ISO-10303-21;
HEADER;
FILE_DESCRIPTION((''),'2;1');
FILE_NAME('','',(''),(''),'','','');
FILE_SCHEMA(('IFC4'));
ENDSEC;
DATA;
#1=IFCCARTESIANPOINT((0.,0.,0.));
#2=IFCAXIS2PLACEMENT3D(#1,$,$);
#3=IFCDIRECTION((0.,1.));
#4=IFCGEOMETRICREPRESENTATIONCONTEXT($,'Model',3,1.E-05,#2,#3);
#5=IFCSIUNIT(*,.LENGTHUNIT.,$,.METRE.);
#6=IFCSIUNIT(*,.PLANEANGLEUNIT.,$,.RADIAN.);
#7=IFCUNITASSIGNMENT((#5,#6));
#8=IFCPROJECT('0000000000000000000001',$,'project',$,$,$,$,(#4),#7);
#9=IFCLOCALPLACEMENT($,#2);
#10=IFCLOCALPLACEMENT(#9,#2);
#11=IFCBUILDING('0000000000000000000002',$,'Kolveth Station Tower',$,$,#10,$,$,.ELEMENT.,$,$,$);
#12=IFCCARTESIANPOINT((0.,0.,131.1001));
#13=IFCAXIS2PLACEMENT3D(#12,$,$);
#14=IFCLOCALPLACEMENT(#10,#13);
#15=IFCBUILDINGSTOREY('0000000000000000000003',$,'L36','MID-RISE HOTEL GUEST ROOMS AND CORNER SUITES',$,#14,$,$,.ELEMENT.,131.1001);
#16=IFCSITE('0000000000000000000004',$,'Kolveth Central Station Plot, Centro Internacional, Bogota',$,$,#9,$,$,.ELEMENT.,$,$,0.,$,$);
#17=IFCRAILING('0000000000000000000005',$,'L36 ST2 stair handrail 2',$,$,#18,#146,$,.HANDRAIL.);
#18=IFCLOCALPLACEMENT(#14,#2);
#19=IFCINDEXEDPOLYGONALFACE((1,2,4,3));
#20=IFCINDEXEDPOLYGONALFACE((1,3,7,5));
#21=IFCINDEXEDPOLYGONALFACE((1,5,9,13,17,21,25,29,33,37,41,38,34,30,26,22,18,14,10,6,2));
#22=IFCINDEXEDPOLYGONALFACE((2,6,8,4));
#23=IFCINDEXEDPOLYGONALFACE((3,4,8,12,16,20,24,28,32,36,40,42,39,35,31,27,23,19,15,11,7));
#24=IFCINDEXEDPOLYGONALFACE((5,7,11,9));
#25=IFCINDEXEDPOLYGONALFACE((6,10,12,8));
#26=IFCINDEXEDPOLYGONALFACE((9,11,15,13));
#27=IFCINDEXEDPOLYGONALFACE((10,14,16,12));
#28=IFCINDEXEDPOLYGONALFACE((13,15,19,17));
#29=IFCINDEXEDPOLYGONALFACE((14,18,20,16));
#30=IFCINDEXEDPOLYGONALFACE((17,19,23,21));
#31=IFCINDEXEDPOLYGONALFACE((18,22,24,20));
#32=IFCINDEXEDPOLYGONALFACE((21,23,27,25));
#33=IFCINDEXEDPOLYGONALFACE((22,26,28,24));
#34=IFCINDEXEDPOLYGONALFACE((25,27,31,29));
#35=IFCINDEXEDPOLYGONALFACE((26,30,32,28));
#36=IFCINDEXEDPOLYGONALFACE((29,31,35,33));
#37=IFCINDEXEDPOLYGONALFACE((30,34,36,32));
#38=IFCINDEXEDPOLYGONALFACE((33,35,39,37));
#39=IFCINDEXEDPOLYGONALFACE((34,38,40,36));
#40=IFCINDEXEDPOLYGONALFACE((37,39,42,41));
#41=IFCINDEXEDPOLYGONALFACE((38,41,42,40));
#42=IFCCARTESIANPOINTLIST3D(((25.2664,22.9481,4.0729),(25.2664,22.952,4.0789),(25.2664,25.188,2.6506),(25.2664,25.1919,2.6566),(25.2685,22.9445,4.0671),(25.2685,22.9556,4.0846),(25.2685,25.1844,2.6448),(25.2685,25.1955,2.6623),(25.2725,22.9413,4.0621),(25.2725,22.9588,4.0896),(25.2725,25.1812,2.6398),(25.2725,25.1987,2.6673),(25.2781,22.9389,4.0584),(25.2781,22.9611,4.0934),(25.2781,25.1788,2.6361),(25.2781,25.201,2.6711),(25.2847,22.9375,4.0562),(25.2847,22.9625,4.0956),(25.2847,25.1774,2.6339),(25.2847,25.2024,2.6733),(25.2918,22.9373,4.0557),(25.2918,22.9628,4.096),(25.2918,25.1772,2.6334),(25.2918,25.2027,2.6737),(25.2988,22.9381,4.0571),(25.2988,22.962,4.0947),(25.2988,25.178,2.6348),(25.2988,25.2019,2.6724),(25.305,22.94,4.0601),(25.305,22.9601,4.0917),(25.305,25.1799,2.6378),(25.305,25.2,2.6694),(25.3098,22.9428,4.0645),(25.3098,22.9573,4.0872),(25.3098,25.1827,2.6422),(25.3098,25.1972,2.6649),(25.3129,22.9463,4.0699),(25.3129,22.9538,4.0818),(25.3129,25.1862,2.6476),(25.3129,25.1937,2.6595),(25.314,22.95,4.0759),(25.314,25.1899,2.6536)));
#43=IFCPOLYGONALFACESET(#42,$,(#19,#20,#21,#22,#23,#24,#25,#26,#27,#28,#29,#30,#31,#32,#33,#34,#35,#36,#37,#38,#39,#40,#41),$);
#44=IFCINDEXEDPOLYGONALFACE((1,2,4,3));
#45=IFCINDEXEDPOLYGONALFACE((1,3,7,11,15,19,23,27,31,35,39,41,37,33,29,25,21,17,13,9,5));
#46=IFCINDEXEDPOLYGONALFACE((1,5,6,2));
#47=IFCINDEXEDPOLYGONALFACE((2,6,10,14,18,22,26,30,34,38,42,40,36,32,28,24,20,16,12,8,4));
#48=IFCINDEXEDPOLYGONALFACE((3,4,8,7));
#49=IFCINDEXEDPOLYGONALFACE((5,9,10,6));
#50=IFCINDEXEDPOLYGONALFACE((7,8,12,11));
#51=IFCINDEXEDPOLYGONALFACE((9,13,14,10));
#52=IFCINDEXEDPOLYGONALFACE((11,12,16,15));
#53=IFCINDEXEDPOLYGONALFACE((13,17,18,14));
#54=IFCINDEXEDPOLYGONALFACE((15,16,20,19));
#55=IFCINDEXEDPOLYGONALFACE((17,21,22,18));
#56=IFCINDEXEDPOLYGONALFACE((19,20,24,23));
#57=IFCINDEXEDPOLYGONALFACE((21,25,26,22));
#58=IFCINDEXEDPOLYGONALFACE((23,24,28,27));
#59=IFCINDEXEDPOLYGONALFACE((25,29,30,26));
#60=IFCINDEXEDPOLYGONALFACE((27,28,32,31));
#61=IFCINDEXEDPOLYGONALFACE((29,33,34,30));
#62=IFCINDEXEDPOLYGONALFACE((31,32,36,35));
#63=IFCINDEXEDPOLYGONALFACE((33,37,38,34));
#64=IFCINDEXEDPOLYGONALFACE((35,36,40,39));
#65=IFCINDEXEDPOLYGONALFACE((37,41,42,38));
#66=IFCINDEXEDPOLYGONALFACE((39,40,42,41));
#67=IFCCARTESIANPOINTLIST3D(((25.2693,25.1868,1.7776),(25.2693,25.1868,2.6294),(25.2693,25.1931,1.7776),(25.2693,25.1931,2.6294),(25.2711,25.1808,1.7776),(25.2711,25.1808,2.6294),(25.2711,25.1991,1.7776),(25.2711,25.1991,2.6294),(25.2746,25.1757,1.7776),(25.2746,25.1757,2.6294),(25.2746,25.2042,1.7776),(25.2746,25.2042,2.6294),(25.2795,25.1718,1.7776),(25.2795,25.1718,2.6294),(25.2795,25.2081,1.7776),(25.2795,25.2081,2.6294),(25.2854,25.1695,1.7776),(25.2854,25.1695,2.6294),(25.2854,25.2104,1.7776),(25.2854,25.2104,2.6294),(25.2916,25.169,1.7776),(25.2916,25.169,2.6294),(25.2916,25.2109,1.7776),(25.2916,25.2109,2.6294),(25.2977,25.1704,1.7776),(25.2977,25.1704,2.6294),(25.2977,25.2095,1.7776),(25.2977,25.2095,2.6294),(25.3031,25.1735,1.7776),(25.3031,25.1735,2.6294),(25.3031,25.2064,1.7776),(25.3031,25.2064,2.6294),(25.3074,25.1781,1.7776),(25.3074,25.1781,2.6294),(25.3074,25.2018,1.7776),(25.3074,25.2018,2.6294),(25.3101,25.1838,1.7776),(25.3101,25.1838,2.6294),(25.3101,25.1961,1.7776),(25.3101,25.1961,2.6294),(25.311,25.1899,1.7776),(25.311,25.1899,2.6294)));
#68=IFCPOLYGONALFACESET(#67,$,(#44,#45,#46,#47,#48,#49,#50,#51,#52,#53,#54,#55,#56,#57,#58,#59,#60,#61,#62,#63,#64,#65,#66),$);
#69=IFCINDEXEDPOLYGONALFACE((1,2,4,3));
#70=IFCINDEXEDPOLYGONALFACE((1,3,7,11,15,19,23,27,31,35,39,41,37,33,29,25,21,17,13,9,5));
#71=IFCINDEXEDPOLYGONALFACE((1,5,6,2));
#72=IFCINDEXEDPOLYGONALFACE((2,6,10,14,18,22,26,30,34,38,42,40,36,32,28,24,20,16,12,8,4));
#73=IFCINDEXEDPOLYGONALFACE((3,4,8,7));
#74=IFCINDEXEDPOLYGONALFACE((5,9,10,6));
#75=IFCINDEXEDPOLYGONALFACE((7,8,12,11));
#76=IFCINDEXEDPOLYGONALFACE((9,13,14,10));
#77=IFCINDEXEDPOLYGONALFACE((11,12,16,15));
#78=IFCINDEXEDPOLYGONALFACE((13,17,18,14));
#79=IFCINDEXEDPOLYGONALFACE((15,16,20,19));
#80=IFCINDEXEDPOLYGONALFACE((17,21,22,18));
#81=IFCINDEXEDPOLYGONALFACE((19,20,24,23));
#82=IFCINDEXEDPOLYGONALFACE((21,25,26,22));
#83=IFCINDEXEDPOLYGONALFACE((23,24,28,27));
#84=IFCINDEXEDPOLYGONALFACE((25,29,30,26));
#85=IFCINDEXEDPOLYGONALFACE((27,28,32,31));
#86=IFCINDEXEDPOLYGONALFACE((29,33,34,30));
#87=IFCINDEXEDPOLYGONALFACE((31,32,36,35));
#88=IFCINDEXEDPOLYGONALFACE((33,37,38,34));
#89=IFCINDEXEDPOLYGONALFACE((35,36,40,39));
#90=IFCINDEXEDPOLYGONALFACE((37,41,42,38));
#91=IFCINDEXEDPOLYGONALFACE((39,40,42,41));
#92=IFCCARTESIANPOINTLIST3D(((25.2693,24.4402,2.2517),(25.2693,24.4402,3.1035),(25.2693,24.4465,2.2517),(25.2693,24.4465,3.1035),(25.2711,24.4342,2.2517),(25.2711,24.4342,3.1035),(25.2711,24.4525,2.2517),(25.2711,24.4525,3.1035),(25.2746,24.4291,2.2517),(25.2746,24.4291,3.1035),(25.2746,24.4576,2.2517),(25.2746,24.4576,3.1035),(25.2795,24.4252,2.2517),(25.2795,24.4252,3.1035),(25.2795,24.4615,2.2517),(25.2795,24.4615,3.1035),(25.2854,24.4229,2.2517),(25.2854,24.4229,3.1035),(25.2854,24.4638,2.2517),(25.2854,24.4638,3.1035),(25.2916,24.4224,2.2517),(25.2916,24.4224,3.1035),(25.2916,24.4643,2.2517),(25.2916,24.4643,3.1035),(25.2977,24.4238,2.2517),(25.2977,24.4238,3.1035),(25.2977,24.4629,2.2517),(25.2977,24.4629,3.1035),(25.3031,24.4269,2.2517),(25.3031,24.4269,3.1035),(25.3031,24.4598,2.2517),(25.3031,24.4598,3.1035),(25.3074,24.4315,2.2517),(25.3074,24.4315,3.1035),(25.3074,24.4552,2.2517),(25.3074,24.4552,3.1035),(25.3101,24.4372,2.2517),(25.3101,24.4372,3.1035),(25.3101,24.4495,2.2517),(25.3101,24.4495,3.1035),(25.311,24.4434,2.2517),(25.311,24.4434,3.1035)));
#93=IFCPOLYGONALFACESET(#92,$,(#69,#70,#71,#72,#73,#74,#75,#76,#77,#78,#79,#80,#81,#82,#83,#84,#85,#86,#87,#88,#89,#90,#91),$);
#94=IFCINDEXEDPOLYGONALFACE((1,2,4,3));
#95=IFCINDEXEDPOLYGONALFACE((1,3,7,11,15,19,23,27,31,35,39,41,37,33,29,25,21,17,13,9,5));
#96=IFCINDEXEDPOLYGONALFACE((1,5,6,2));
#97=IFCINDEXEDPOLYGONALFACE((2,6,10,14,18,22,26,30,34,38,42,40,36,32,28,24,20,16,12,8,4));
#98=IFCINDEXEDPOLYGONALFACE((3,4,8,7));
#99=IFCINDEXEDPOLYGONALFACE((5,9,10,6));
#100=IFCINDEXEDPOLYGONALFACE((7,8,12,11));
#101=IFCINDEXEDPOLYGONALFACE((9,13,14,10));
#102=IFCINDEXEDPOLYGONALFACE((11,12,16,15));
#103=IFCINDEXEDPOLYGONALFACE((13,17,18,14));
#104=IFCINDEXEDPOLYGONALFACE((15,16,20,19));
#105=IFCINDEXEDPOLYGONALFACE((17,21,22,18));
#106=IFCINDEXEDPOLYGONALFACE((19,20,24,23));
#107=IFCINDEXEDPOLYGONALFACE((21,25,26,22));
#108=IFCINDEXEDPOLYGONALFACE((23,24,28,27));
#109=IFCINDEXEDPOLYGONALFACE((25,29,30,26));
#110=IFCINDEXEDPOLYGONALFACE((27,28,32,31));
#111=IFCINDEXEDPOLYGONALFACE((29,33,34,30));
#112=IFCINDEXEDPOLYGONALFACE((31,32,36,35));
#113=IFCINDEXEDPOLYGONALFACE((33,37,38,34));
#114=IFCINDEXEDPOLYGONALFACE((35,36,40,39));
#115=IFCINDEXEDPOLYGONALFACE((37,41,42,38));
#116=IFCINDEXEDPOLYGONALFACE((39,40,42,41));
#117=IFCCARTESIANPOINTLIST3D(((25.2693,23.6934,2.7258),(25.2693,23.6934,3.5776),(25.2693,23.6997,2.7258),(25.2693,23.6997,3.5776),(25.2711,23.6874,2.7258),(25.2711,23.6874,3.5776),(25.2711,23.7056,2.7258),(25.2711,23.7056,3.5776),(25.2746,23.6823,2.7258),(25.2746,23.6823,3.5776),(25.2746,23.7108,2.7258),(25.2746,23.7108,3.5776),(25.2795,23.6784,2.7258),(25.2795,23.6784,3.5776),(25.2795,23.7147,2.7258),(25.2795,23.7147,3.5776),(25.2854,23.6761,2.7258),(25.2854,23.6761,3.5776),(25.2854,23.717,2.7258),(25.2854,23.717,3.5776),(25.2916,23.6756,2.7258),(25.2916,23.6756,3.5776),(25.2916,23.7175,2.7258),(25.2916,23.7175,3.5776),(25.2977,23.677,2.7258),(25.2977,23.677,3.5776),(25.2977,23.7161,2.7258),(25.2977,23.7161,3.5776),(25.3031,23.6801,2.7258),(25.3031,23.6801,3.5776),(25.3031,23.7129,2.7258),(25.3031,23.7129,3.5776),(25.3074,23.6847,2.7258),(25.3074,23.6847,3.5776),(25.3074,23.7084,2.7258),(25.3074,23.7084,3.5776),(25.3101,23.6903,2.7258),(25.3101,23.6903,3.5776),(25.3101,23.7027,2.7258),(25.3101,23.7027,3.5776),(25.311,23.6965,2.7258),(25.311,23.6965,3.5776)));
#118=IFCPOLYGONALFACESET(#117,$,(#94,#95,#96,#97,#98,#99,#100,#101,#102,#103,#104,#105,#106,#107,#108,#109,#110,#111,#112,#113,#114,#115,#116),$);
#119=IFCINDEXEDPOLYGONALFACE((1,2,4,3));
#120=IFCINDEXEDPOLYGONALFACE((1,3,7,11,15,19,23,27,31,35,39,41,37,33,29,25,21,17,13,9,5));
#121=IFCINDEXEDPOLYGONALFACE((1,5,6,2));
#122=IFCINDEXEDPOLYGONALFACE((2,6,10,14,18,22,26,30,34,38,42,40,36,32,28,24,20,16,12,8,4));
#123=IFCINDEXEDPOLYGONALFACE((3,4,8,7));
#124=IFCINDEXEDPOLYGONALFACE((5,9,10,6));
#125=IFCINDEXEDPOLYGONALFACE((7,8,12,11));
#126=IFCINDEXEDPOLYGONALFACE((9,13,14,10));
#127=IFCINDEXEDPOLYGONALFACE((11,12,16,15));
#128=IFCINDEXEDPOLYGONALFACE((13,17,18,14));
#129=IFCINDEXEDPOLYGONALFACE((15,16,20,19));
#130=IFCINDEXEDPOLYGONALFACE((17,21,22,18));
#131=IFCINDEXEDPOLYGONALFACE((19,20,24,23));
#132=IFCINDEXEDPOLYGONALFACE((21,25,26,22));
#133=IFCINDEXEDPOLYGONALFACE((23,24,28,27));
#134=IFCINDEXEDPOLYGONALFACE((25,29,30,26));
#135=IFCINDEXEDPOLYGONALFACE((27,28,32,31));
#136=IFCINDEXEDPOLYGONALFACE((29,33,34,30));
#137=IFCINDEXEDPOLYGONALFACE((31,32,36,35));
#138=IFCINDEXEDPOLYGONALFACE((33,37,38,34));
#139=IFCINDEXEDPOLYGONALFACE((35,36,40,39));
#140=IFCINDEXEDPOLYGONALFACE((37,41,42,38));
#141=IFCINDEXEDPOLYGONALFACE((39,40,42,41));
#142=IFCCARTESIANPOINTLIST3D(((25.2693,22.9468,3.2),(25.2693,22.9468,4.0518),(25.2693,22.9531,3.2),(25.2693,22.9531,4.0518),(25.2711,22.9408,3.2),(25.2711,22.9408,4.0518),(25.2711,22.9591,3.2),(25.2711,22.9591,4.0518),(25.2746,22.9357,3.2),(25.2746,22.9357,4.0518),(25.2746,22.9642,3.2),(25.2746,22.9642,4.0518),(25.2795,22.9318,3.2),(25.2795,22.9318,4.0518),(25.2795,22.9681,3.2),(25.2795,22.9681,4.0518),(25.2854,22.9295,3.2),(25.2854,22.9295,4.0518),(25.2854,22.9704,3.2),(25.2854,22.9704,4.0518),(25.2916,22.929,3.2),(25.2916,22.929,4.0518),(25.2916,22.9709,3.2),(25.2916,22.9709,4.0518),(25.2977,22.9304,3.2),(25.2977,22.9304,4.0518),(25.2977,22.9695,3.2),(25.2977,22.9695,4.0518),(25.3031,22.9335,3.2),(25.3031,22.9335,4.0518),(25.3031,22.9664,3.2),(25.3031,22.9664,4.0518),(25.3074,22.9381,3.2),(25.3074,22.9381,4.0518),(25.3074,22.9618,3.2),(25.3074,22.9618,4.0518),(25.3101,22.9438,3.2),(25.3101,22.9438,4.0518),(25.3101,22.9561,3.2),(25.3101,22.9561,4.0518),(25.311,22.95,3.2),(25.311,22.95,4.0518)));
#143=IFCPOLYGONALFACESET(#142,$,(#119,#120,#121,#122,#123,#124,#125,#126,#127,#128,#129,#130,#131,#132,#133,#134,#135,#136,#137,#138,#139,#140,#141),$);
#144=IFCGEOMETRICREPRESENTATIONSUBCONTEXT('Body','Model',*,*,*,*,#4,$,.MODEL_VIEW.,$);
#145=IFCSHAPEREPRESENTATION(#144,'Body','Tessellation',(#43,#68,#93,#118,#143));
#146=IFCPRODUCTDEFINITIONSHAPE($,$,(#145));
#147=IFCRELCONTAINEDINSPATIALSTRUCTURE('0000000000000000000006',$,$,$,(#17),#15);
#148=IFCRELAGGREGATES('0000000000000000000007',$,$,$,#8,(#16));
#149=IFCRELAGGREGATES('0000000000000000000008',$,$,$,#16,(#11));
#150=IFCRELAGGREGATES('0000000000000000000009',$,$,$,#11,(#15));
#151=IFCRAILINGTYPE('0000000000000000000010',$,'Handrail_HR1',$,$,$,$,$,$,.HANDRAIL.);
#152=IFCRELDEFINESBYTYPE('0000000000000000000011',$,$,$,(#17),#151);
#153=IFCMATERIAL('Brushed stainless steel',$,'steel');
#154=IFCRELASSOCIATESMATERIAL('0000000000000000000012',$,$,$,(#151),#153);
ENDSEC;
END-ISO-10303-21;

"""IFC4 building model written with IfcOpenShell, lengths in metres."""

from ifc_helpers import new_model, si_unit, direction, frame, origin, origin_2d, place, context, subcontext, project, spatial, circle, extrude, material, type_object, element, save


model = new_model("IFC4")

# Units and contexts
model_context = context("Model", 3, precision=1e-05, world=origin(), true_north=direction((0.0, 1.0)))
body_context = subcontext(model_context, "Body", "Model", "MODEL_VIEW")
ifc_project = project(units=[si_unit("LENGTHUNIT", "METRE"), si_unit("PLANEANGLEUNIT", "RADIAN")], contexts=[model_context])

# Site, building, storey
site_placement = place(None, origin())
site = spatial("IfcSite", under=ifc_project, at=site_placement, Name="Kolveth Central Station Plot, Centro Internacional, Bogota", CompositionType="ELEMENT", RefElevation=0.0)
building_placement = place(site_placement, origin())
building = spatial("IfcBuilding", under=site, at=building_placement, Name="Kolveth Station Tower", CompositionType="ELEMENT")
storey_placement = place(building_placement, frame((0.0, 0.0, 131.1001)))
storey = spatial("IfcBuildingStorey", under=building, at=storey_placement, Name="L36", Description="MID-RISE HOTEL GUEST ROOMS AND CORNER SUITES", CompositionType="ELEMENT", Elevation=131.1001)

# Railing
ifc_material_1 = material(Name="Brushed stainless steel", Category="steel")
railing_type_1 = type_object("IfcRailingType", Name="Handrail_HR1", PredefinedType="HANDRAIL", material=ifc_material_1)
railing_1_placement = place(storey_placement, frame((25.29, 25.1899, 1.7776)))
element("IfcRailing", 1, at=railing_1_placement, inside=storey, type_object=railing_type_1, Name="L36 ST2 stair handrail 2", PredefinedType="HANDRAIL", context=body_context, shape_type="SweptSolid", body=[
    extrude(circle(Radius=0.0239, at=origin_2d()), frame((0.0, 0.0, 0.876), z_axis=(0.0, -0.844188, 0.536048), x_axis=(1.0, 0.0, 0.0)), (0.0, 0.0, 1.0), 2.6533),
    extrude(circle(Radius=0.021, at=origin_2d()), origin(), (0.0, 0.0, 1.0), 0.8518),
    extrude(circle(Radius=0.021, at=origin_2d()), frame((0.0, -0.7466, 0.4741)), (0.0, 0.0, 1.0), 0.8518),
    extrude(circle(Radius=0.021, at=origin_2d()), frame((0.0, -1.4934, 0.9482)), (0.0, 0.0, 1.0), 0.8518),
    extrude(circle(Radius=0.021, at=origin_2d()), frame((0.0, -2.24, 1.4224)), (0.0, 0.0, 1.0), 0.8518),
])

save(model, "model.ifc")
